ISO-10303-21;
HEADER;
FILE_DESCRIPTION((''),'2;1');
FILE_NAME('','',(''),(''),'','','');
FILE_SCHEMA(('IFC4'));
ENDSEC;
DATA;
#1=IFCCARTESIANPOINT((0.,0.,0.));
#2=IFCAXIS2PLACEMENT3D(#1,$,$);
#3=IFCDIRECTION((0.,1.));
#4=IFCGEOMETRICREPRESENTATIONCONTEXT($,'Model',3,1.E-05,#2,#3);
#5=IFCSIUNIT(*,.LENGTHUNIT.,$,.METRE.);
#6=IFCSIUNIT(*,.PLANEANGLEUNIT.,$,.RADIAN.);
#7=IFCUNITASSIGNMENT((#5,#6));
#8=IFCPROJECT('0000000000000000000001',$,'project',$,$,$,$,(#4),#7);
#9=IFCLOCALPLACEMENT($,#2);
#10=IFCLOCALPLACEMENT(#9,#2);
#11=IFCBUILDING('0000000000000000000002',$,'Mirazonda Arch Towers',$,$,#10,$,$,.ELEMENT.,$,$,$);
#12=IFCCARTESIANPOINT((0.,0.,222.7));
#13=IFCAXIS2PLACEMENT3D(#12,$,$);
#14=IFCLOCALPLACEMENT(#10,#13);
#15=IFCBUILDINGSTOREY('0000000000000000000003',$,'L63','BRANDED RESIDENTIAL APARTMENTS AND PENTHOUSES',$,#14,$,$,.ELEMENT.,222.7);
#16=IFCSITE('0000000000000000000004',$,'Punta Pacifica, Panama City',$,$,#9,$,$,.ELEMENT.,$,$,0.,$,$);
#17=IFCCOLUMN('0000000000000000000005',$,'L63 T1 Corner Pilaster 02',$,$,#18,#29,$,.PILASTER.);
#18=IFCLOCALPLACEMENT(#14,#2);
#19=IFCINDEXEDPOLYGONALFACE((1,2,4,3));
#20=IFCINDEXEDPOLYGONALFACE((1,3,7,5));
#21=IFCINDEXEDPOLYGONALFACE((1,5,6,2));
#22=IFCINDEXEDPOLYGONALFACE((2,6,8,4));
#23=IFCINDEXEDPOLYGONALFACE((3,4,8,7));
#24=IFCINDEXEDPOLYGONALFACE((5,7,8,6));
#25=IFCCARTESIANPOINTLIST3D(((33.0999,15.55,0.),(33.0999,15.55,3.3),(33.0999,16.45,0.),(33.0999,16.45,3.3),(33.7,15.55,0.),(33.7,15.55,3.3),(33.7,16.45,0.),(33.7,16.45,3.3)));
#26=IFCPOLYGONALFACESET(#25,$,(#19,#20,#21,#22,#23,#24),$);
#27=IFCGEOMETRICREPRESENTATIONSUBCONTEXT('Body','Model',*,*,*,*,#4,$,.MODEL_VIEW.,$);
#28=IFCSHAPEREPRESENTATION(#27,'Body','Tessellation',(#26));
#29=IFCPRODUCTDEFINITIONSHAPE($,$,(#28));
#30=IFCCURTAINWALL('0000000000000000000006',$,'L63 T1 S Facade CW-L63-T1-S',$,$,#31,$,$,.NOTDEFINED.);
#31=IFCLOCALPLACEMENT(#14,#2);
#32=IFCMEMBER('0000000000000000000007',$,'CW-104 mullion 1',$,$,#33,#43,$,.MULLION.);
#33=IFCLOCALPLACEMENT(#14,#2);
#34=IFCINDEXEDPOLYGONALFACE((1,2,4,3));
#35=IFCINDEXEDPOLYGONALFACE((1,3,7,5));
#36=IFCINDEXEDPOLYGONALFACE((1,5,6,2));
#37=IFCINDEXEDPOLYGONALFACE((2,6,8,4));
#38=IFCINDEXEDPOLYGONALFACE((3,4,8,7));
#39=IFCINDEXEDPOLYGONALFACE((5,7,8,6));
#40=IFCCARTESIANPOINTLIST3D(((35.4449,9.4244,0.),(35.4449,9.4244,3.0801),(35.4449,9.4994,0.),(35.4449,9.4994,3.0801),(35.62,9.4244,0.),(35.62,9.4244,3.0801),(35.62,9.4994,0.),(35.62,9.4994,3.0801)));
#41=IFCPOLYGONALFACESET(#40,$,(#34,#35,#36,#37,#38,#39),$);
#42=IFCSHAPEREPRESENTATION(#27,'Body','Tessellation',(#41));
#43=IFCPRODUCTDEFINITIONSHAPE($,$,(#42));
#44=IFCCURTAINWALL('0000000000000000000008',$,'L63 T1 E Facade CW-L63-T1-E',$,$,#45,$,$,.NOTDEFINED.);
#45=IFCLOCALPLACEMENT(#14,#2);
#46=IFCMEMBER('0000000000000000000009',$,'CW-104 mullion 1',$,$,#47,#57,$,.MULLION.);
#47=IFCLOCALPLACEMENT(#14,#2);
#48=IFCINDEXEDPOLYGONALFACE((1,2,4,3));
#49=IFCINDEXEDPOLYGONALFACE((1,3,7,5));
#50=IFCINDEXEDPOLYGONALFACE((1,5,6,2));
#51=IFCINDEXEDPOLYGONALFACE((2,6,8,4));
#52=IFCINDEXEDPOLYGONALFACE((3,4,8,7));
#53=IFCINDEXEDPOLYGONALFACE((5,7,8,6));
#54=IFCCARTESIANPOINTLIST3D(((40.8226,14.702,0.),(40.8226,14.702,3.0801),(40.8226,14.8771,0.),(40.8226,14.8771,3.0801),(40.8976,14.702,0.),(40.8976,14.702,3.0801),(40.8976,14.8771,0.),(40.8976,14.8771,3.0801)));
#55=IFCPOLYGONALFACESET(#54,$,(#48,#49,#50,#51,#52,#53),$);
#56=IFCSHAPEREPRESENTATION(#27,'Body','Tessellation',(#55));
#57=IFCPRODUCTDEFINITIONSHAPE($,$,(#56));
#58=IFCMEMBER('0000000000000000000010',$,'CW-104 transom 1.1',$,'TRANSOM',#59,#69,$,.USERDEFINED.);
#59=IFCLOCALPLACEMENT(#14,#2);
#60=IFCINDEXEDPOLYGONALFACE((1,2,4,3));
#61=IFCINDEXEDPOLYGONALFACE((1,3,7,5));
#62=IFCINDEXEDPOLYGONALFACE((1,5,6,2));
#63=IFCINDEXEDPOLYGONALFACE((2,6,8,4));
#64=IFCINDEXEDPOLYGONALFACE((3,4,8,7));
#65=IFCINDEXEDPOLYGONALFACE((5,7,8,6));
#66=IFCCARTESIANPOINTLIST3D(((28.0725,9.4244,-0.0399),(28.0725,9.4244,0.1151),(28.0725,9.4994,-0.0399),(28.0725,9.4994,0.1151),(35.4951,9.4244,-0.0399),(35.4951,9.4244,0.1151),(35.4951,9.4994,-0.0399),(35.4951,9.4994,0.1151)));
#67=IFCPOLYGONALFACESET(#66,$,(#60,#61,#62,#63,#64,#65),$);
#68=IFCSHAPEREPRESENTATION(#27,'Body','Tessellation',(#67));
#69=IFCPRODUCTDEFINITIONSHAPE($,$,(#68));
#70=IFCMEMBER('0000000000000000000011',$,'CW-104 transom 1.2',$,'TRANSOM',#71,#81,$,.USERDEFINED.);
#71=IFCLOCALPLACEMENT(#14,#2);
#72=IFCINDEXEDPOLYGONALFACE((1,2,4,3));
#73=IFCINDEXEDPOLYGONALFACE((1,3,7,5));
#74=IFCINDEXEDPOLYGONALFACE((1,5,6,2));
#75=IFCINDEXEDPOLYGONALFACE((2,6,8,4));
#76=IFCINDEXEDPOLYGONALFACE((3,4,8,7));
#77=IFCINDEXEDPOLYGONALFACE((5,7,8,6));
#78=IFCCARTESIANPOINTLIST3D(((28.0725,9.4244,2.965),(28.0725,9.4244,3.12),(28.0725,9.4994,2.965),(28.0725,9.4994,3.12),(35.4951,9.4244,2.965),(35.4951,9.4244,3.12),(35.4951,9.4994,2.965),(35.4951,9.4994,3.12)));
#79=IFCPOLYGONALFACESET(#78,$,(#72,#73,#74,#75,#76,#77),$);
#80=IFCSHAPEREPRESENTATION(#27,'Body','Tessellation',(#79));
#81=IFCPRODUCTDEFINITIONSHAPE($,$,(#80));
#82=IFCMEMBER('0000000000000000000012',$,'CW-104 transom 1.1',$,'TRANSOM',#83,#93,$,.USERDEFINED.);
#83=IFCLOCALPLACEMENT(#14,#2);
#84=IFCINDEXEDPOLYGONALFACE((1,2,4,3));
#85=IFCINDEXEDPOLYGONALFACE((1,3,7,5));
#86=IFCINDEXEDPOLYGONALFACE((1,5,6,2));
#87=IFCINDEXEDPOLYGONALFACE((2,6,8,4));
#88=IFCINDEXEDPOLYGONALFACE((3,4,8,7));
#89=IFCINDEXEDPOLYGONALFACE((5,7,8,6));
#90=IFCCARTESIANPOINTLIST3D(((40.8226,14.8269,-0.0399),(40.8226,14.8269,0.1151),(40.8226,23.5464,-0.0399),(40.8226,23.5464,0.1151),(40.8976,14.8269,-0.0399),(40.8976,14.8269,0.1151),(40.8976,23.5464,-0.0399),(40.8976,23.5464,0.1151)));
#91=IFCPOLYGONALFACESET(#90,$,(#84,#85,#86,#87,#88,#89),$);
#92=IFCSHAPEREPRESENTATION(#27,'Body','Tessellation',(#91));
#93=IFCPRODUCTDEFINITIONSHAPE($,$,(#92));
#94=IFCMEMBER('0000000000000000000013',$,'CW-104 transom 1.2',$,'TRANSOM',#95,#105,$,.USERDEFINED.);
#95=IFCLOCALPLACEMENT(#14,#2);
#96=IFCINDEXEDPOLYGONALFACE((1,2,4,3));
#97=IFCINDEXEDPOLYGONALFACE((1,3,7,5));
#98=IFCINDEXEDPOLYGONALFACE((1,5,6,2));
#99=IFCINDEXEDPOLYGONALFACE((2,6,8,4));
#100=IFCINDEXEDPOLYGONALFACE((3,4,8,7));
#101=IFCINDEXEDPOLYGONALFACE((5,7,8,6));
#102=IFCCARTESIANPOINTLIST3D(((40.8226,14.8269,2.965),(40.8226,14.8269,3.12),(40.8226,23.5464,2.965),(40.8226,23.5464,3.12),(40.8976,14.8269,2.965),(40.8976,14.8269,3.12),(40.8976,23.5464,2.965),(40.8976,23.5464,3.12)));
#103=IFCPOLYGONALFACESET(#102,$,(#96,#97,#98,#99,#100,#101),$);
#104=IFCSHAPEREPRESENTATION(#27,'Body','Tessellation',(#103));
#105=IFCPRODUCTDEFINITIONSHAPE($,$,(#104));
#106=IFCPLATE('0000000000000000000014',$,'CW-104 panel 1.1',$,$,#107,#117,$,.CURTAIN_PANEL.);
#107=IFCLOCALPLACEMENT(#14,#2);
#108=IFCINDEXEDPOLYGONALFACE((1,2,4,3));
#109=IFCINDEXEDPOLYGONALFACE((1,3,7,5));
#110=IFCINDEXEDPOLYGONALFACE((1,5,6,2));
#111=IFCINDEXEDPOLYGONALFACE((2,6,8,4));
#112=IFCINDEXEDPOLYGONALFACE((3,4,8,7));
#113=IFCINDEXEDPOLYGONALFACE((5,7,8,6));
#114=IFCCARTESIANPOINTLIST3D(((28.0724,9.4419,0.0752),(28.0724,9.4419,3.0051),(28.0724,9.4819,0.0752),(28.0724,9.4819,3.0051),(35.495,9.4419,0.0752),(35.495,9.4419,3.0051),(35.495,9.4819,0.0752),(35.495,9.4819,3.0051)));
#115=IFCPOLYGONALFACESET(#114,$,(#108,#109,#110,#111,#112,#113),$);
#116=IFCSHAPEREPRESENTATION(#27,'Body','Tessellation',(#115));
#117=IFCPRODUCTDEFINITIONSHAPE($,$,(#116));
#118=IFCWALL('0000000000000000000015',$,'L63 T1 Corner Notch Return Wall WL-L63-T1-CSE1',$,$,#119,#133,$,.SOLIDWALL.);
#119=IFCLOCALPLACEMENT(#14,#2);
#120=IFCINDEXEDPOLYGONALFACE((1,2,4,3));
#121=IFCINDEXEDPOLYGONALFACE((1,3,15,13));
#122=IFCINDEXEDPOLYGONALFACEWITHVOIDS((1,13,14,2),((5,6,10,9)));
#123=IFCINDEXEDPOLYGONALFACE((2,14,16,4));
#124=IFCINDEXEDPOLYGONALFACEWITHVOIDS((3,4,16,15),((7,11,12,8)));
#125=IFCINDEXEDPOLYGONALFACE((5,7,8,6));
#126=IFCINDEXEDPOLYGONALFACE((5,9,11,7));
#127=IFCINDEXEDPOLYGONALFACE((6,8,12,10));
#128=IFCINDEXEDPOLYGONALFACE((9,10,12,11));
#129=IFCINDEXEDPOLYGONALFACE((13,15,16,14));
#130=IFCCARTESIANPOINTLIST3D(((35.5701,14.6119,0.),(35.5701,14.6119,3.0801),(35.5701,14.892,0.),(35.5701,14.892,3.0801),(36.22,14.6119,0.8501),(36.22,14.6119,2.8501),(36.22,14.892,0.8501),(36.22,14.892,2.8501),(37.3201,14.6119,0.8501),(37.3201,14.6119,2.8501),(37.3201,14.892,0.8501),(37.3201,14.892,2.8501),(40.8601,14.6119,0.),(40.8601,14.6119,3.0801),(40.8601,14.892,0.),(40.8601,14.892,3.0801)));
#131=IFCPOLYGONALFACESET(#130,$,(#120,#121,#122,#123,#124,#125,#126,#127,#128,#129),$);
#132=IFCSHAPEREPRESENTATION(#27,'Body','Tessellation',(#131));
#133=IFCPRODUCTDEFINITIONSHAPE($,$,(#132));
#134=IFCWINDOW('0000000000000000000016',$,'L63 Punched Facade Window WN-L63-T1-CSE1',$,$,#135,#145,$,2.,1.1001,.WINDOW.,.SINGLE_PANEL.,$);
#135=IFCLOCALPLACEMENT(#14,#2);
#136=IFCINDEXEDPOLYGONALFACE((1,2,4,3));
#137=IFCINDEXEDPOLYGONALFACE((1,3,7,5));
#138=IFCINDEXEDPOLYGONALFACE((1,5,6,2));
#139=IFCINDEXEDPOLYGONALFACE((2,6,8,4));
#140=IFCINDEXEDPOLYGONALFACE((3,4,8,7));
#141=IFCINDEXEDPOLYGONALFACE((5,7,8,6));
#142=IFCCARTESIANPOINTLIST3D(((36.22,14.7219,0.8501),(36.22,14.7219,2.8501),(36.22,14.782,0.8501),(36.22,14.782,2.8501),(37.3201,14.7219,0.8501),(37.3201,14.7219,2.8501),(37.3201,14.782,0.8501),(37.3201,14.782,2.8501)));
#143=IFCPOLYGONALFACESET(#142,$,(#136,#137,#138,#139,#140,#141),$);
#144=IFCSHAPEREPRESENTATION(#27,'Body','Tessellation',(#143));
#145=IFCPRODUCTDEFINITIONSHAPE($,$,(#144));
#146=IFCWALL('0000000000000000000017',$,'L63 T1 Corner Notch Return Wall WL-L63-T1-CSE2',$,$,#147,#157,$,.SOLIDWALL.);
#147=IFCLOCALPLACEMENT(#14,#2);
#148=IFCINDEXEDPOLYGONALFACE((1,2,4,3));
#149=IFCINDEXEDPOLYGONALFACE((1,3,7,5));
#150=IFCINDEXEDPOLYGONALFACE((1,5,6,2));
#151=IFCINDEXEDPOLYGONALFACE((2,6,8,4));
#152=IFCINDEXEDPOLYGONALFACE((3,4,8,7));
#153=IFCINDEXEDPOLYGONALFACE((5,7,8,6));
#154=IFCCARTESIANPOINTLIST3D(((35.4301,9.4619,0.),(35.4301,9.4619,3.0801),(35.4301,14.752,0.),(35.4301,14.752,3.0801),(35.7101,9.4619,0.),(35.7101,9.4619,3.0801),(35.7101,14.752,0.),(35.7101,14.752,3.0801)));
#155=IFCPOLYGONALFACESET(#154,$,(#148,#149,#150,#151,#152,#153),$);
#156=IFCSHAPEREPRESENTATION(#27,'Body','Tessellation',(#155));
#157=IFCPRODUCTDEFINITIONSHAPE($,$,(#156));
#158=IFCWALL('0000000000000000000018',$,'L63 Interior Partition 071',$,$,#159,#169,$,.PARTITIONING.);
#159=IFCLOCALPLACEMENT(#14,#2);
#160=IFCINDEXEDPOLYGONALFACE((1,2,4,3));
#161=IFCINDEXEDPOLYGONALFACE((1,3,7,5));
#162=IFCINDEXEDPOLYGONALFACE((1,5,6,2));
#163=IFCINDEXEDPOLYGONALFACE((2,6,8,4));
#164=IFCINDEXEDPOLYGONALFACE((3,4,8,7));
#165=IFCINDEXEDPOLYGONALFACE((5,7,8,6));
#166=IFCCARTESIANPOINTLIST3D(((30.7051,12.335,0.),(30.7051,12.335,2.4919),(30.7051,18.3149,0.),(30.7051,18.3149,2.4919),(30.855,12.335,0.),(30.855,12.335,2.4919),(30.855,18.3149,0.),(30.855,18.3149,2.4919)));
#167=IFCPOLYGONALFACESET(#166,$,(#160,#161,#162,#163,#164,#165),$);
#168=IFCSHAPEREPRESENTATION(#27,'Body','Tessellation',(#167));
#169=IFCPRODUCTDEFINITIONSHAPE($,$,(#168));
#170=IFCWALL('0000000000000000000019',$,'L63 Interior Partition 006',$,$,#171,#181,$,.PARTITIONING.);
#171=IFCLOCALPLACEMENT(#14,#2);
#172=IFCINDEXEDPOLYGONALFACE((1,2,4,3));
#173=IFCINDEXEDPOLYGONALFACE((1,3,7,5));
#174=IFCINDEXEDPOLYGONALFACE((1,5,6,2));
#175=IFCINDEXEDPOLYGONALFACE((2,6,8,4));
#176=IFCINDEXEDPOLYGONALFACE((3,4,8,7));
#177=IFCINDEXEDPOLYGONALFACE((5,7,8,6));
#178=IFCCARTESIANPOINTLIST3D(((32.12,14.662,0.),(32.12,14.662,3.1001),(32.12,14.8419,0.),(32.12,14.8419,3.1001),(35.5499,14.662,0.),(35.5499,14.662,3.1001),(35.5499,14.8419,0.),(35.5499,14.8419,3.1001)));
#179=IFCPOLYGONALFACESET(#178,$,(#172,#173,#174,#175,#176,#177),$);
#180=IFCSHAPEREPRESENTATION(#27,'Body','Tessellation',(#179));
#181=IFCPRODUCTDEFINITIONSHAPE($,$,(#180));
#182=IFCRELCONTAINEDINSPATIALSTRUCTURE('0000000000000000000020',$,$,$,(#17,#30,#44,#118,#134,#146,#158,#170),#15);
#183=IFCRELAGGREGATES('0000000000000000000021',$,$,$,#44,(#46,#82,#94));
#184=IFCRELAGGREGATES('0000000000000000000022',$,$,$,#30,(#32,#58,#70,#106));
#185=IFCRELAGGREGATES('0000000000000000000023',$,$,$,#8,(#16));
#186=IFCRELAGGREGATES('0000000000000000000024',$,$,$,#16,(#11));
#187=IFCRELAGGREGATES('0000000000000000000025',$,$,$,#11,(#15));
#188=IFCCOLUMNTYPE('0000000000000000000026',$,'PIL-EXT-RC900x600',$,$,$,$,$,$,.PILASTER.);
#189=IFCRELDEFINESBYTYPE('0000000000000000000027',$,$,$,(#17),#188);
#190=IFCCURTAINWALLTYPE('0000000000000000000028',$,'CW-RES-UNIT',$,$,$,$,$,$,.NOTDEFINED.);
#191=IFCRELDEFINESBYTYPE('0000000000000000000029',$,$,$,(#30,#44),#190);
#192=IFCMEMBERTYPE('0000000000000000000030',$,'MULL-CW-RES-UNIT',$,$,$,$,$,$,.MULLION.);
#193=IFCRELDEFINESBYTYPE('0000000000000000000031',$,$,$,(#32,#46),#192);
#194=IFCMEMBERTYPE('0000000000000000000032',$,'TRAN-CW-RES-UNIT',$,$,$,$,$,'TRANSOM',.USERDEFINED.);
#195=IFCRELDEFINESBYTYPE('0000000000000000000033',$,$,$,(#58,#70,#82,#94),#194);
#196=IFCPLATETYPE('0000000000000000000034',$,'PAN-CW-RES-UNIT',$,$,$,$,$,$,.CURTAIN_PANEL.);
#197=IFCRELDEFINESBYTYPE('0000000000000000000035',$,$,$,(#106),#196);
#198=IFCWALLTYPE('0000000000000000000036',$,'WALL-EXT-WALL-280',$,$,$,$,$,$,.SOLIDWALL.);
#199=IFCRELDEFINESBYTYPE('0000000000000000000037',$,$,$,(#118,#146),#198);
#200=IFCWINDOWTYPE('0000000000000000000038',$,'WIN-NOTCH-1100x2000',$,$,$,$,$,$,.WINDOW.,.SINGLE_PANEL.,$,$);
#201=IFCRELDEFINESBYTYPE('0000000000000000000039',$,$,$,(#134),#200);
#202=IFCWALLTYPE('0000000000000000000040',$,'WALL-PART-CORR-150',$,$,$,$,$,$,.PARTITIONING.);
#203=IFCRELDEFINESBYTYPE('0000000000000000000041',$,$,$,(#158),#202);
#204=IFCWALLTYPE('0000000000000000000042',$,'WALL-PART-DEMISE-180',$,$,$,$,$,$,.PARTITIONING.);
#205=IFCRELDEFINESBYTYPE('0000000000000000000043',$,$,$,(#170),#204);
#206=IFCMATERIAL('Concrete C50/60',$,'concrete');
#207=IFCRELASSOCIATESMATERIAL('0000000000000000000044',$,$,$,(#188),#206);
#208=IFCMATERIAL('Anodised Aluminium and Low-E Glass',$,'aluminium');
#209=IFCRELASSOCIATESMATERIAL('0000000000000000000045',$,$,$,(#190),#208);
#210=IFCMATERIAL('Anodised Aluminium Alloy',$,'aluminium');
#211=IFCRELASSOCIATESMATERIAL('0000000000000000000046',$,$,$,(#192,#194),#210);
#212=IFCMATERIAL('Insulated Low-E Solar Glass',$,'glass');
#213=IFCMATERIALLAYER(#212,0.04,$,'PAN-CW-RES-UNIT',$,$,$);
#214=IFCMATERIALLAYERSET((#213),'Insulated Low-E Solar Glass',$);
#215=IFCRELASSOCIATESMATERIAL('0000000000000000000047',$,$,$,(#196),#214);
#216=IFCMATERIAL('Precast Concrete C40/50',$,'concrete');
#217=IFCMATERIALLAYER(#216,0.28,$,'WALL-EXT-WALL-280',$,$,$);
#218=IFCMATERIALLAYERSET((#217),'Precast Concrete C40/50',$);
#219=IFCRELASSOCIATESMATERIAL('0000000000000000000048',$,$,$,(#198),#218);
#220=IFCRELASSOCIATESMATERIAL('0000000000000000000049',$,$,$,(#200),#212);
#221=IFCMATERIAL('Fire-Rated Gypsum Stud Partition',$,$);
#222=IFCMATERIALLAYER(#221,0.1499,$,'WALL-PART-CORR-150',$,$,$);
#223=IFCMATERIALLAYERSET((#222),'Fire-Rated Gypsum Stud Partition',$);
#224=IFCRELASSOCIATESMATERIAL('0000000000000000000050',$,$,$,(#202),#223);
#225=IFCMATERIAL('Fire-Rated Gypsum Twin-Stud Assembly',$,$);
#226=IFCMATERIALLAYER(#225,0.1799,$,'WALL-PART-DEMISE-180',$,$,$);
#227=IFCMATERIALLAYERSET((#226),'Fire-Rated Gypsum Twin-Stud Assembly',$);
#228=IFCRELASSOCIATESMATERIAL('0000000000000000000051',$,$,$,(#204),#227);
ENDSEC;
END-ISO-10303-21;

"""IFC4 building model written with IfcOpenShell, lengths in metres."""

from ifc_helpers import new_model, si_unit, direction, frame, frame_2d, origin, origin_2d, place, context, subcontext, project, spatial, rectangle, extrude, material, layer, layer_set, material_profile, profile_set, type_object, element, fill, aggregate, save


model = new_model("IFC4")

# Units and contexts
model_context = context("Model", 3, precision=1e-05, world=origin(), true_north=direction((0.0, 1.0)))
body_context = subcontext(model_context, "Body", "Model", "MODEL_VIEW")
ifc_project = project(units=[si_unit("LENGTHUNIT", "METRE"), si_unit("PLANEANGLEUNIT", "RADIAN")], contexts=[model_context])

# Site, building, storey
site_placement = place(None, origin())
site = spatial("IfcSite", under=ifc_project, at=site_placement, Name="Punta Pacifica, Panama City", CompositionType="ELEMENT", RefElevation=0.0)
building_placement = place(site_placement, origin())
building = spatial("IfcBuilding", under=site, at=building_placement, Name="Mirazonda Arch Towers", CompositionType="ELEMENT")
storey_placement = place(building_placement, frame((0.0, 0.0, 222.7)))
storey = spatial("IfcBuildingStorey", under=building, at=storey_placement, Name="L63", Description="BRANDED RESIDENTIAL APARTMENTS AND PENTHOUSES", CompositionType="ELEMENT", Elevation=222.7)

# Column
ifc_material_1 = material(Name="Concrete C50/60", Category="concrete")
ifc_material_profile_1 = material_profile(ifc_material_1, rectangle(XDim=0.6001, YDim=0.8999, at=origin_2d()), Name="RC900x600")
ifc_profile_set_1 = profile_set([ifc_material_profile_1], Name="Concrete C50/60")
column_type = type_object("IfcColumnType", Name="PIL-EXT-RC900x600", PredefinedType="PILASTER", material=ifc_profile_set_1)
column_placement = place(storey_placement, frame((33.3999, 16.0, 0.0), z_axis=(0.0, 0.0, 1.0), x_axis=(1.0, 0.0, 0.0)))
element("IfcColumn", 1, at=column_placement, inside=storey, type_object=column_type, Name="L63 T1 Corner Pilaster 02", PredefinedType="PILASTER", context=body_context, shape_type="SweptSolid", body=[
    extrude(rectangle(XDim=0.6001, YDim=0.8999, at=origin_2d()), origin(), (0.0, 0.0, 1.0), 3.3),
])

# Curtain walls, members
ifc_material_2 = material(Name="Anodised Aluminium and Low-E Glass", Category="aluminium")
curtain_wall_type = type_object("IfcCurtainWallType", Name="CW-RES-UNIT", PredefinedType="NOTDEFINED", material=ifc_material_2)
curtain_wall_1_placement = place(storey_placement, origin())
curtain_wall_1 = element("IfcCurtainWall", 2, at=curtain_wall_1_placement, inside=storey, type_object=curtain_wall_type, Name="L63 T1 S Facade CW-L63-T1-S", PredefinedType="NOTDEFINED")
ifc_material_3 = material(Name="Anodised Aluminium Alloy", Category="aluminium")
ifc_material_profile_2 = material_profile(ifc_material_3, rectangle(XDim=0.075, YDim=0.175, at=origin_2d()), Name="ALU-MULL-75x175")
ifc_profile_set_2 = profile_set([ifc_material_profile_2], Name="Anodised Aluminium Alloy")
member_type_1 = type_object("IfcMemberType", Name="MULL-CW-RES-UNIT", PredefinedType="MULLION", material=ifc_profile_set_2)
member_1_placement = place(storey_placement, frame((35.5325, 9.4619, 0.0), z_axis=(0.0, 0.0, 1.0), x_axis=(0.0, -1.0, 0.0)))
member_1 = element("IfcMember", 3, at=member_1_placement, type_object=member_type_1, Name="CW-104 mullion 1", PredefinedType="MULLION", context=body_context, shape_type="SweptSolid", body=[
    extrude(rectangle(XDim=0.075, YDim=0.175, at=origin_2d()), origin(), (0.0, 0.0, 1.0), 3.0801),
])
curtain_wall_2_placement = place(storey_placement, origin())
curtain_wall_2 = element("IfcCurtainWall", 4, at=curtain_wall_2_placement, inside=storey, type_object=curtain_wall_type, Name="L63 T1 E Facade CW-L63-T1-E", PredefinedType="NOTDEFINED")
member_2_placement = place(storey_placement, frame((40.8601, 14.7896, 0.0), z_axis=(0.0, 0.0, 1.0), x_axis=(-1.0, 0.0, 0.0)))
member_2 = element("IfcMember", 5, at=member_2_placement, type_object=member_type_1, Name="CW-104 mullion 1", PredefinedType="MULLION", context=body_context, shape_type="SweptSolid", body=[
    extrude(rectangle(XDim=0.075, YDim=0.175, at=origin_2d()), origin(), (0.0, 0.0, 1.0), 3.0801),
])

# Members
ifc_material_profile_3 = material_profile(ifc_material_3, rectangle(XDim=0.075, YDim=0.155, at=origin_2d()), Name="ALU-TRAN-75x155")
ifc_profile_set_3 = profile_set([ifc_material_profile_3], Name="Anodised Aluminium Alloy")
member_type_2 = type_object("IfcMemberType", Name="TRAN-CW-RES-UNIT", ElementType="TRANSOM", PredefinedType="USERDEFINED", material=ifc_profile_set_3)
member_3_placement = place(storey_placement, frame((35.4951, 9.4619, 0.0376), z_axis=(-1.0, 0.0, 0.0), x_axis=(0.0, -1.0, 0.0)))
member_3 = element("IfcMember", 6, at=member_3_placement, type_object=member_type_2, Name="CW-104 transom 1.1", ObjectType="TRANSOM", PredefinedType="USERDEFINED", context=body_context, shape_type="SweptSolid", body=[
    extrude(rectangle(XDim=0.075, YDim=0.155, at=origin_2d()), origin(), (0.0, 0.0, 1.0), 7.4226),
])
member_4_placement = place(storey_placement, frame((35.4951, 9.4619, 3.0425), z_axis=(-1.0, 0.0, 0.0), x_axis=(0.0, -1.0, 0.0)))
member_4 = element("IfcMember", 7, at=member_4_placement, type_object=member_type_2, Name="CW-104 transom 1.2", ObjectType="TRANSOM", PredefinedType="USERDEFINED", context=body_context, shape_type="SweptSolid", body=[
    extrude(rectangle(XDim=0.075, YDim=0.155, at=origin_2d()), origin(), (0.0, 0.0, 1.0), 7.4226),
])
member_5_placement = place(storey_placement, frame((40.8601, 14.8269, 0.0376), z_axis=(0.0, 1.0, 0.0), x_axis=(-1.0, 0.0, 0.0)))
member_5 = element("IfcMember", 8, at=member_5_placement, type_object=member_type_2, Name="CW-104 transom 1.1", ObjectType="TRANSOM", PredefinedType="USERDEFINED", context=body_context, shape_type="SweptSolid", body=[
    extrude(rectangle(XDim=0.075, YDim=0.155, at=origin_2d()), origin(), (0.0, 0.0, 1.0), 8.7195),
])
member_6_placement = place(storey_placement, frame((40.8601, 14.8269, 3.0425), z_axis=(0.0, 1.0, 0.0), x_axis=(-1.0, 0.0, 0.0)))
member_6 = element("IfcMember", 9, at=member_6_placement, type_object=member_type_2, Name="CW-104 transom 1.2", ObjectType="TRANSOM", PredefinedType="USERDEFINED", context=body_context, shape_type="SweptSolid", body=[
    extrude(rectangle(XDim=0.075, YDim=0.155, at=origin_2d()), origin(), (0.0, 0.0, 1.0), 8.7195),
])
aggregate(curtain_wall_2, [member_2, member_5, member_6])

# Plate
ifc_material_4 = material(Name="Insulated Low-E Solar Glass", Category="glass")
ifc_layer_1 = layer(ifc_material_4, 0.04, Name="PAN-CW-RES-UNIT")
ifc_layer_set_1 = layer_set([ifc_layer_1], Name="Insulated Low-E Solar Glass")
plate_type = type_object("IfcPlateType", Name="PAN-CW-RES-UNIT", PredefinedType="CURTAIN_PANEL", material=ifc_layer_set_1)
plate_placement = place(storey_placement, frame((31.7837, 9.4619, 0.0752), z_axis=(0.0, 0.0, 1.0), x_axis=(-1.0, 0.0, 0.0)))
plate = element("IfcPlate", 10, at=plate_placement, type_object=plate_type, Name="CW-104 panel 1.1", PredefinedType="CURTAIN_PANEL", context=body_context, shape_type="SweptSolid", body=[
    extrude(rectangle(XDim=7.4226, YDim=0.04, at=origin_2d()), origin(), (0.0, 0.0, 1.0), 2.9299),
])
aggregate(curtain_wall_1, [member_1, member_3, member_4, plate])

# Wall, opening, window
ifc_material_5 = material(Name="Precast Concrete C40/50", Category="concrete")
ifc_layer_2 = layer(ifc_material_5, 0.28, Name="WALL-EXT-WALL-280")
ifc_layer_set_2 = layer_set([ifc_layer_2], Name="Precast Concrete C40/50")
wall_type_1 = type_object("IfcWallType", Name="WALL-EXT-WALL-280", PredefinedType="SOLIDWALL", material=ifc_layer_set_2)
wall_1_placement = place(storey_placement, frame((35.5701, 14.752, 0.0), z_axis=(0.0, 0.0, 1.0), x_axis=(1.0, 0.0, 0.0)))
wall_1 = element("IfcWall", 11, at=wall_1_placement, inside=storey, type_object=wall_type_1, Name="L63 T1 Corner Notch Return Wall WL-L63-T1-CSE1", PredefinedType="SOLIDWALL", context=body_context, shape_type="SweptSolid", body=[
    extrude(rectangle(XDim=5.29, YDim=0.28, at=frame_2d((2.645, 0.0))), origin(), (0.0, 0.0, 1.0), 3.0801),
])
opening_1_placement = place(wall_1_placement, frame((0.6499, 0.0, 0.8501)))
opening_1 = element("IfcOpeningElement", 12, at=opening_1_placement, cuts=wall_1, PredefinedType="OPENING", context=body_context, shape_type="SweptSolid", body=[
    extrude(rectangle(XDim=1.1001, YDim=2.0, at=frame_2d((0.55, 1.0))), frame((0.0, 0.1499, 0.0), z_axis=(0.0, -1.0, 0.0), x_axis=(1.0, 0.0, 0.0)), (0.0, 0.0, 1.0), 0.3),
])
window_type = type_object("IfcWindowType", Name="WIN-NOTCH-1100x2000", PartitioningType="SINGLE_PANEL", PredefinedType="WINDOW", material=ifc_material_4)
window_placement = place(opening_1_placement, origin())
window = element("IfcWindow", 13, at=window_placement, inside=storey, type_object=window_type, Name="L63 Punched Facade Window WN-L63-T1-CSE1", OverallHeight=2.0, OverallWidth=1.1001, PartitioningType="SINGLE_PANEL", PredefinedType="WINDOW", context=body_context, shape_type="SweptSolid", body=[
    extrude(rectangle(XDim=1.1001, YDim=2.0, at=frame_2d((0.55, 1.0))), frame((0.0, 0.03, 0.0), z_axis=(0.0, -1.0, 0.0), x_axis=(1.0, 0.0, 0.0)), (0.0, 0.0, 1.0), 0.0601),
])
fill(opening_1, window)

# Walls
wall_2_placement = place(storey_placement, frame((35.5701, 9.4619, 0.0), z_axis=(0.0, 0.0, 1.0), x_axis=(0.0, 1.0, 0.0)))
element("IfcWall", 14, at=wall_2_placement, inside=storey, type_object=wall_type_1, Name="L63 T1 Corner Notch Return Wall WL-L63-T1-CSE2", PredefinedType="SOLIDWALL", context=body_context, shape_type="SweptSolid", body=[
    extrude(rectangle(XDim=5.29, YDim=0.28, at=frame_2d((2.645, 0.0))), origin(), (0.0, 0.0, 1.0), 3.0801),
])
ifc_material_6 = material(Name="Fire-Rated Gypsum Stud Partition")
ifc_layer_3 = layer(ifc_material_6, 0.1499, Name="WALL-PART-CORR-150")
ifc_layer_set_3 = layer_set([ifc_layer_3], Name="Fire-Rated Gypsum Stud Partition")
wall_type_2 = type_object("IfcWallType", Name="WALL-PART-CORR-150", PredefinedType="PARTITIONING", material=ifc_layer_set_3)
wall_3_placement = place(storey_placement, frame((30.78, 12.335, 0.0), z_axis=(0.0, 0.0, 1.0), x_axis=(0.0, 1.0, 0.0)))
element("IfcWall", 15, at=wall_3_placement, inside=storey, type_object=wall_type_2, Name="L63 Interior Partition 071", PredefinedType="PARTITIONING", context=body_context, shape_type="SweptSolid", body=[
    extrude(rectangle(XDim=5.98, YDim=0.1499, at=frame_2d((2.99, 0.0))), origin(), (0.0, 0.0, 1.0), 2.4919),
])
ifc_material_7 = material(Name="Fire-Rated Gypsum Twin-Stud Assembly")
ifc_layer_4 = layer(ifc_material_7, 0.1799, Name="WALL-PART-DEMISE-180")
ifc_layer_set_4 = layer_set([ifc_layer_4], Name="Fire-Rated Gypsum Twin-Stud Assembly")
wall_type_3 = type_object("IfcWallType", Name="WALL-PART-DEMISE-180", PredefinedType="PARTITIONING", material=ifc_layer_set_4)
wall_4_placement = place(storey_placement, frame((32.1201, 14.752, 0.0), z_axis=(0.0, 0.0, 1.0), x_axis=(1.0, 0.0, 0.0)))
element("IfcWall", 16, at=wall_4_placement, inside=storey, type_object=wall_type_3, Name="L63 Interior Partition 006", PredefinedType="PARTITIONING", context=body_context, shape_type="SweptSolid", body=[
    extrude(rectangle(XDim=3.4299, YDim=0.1799, at=frame_2d((1.7148, 0.0))), origin(), (0.0, 0.0, 1.0), 3.1001),
])

save(model, "model.ifc")
